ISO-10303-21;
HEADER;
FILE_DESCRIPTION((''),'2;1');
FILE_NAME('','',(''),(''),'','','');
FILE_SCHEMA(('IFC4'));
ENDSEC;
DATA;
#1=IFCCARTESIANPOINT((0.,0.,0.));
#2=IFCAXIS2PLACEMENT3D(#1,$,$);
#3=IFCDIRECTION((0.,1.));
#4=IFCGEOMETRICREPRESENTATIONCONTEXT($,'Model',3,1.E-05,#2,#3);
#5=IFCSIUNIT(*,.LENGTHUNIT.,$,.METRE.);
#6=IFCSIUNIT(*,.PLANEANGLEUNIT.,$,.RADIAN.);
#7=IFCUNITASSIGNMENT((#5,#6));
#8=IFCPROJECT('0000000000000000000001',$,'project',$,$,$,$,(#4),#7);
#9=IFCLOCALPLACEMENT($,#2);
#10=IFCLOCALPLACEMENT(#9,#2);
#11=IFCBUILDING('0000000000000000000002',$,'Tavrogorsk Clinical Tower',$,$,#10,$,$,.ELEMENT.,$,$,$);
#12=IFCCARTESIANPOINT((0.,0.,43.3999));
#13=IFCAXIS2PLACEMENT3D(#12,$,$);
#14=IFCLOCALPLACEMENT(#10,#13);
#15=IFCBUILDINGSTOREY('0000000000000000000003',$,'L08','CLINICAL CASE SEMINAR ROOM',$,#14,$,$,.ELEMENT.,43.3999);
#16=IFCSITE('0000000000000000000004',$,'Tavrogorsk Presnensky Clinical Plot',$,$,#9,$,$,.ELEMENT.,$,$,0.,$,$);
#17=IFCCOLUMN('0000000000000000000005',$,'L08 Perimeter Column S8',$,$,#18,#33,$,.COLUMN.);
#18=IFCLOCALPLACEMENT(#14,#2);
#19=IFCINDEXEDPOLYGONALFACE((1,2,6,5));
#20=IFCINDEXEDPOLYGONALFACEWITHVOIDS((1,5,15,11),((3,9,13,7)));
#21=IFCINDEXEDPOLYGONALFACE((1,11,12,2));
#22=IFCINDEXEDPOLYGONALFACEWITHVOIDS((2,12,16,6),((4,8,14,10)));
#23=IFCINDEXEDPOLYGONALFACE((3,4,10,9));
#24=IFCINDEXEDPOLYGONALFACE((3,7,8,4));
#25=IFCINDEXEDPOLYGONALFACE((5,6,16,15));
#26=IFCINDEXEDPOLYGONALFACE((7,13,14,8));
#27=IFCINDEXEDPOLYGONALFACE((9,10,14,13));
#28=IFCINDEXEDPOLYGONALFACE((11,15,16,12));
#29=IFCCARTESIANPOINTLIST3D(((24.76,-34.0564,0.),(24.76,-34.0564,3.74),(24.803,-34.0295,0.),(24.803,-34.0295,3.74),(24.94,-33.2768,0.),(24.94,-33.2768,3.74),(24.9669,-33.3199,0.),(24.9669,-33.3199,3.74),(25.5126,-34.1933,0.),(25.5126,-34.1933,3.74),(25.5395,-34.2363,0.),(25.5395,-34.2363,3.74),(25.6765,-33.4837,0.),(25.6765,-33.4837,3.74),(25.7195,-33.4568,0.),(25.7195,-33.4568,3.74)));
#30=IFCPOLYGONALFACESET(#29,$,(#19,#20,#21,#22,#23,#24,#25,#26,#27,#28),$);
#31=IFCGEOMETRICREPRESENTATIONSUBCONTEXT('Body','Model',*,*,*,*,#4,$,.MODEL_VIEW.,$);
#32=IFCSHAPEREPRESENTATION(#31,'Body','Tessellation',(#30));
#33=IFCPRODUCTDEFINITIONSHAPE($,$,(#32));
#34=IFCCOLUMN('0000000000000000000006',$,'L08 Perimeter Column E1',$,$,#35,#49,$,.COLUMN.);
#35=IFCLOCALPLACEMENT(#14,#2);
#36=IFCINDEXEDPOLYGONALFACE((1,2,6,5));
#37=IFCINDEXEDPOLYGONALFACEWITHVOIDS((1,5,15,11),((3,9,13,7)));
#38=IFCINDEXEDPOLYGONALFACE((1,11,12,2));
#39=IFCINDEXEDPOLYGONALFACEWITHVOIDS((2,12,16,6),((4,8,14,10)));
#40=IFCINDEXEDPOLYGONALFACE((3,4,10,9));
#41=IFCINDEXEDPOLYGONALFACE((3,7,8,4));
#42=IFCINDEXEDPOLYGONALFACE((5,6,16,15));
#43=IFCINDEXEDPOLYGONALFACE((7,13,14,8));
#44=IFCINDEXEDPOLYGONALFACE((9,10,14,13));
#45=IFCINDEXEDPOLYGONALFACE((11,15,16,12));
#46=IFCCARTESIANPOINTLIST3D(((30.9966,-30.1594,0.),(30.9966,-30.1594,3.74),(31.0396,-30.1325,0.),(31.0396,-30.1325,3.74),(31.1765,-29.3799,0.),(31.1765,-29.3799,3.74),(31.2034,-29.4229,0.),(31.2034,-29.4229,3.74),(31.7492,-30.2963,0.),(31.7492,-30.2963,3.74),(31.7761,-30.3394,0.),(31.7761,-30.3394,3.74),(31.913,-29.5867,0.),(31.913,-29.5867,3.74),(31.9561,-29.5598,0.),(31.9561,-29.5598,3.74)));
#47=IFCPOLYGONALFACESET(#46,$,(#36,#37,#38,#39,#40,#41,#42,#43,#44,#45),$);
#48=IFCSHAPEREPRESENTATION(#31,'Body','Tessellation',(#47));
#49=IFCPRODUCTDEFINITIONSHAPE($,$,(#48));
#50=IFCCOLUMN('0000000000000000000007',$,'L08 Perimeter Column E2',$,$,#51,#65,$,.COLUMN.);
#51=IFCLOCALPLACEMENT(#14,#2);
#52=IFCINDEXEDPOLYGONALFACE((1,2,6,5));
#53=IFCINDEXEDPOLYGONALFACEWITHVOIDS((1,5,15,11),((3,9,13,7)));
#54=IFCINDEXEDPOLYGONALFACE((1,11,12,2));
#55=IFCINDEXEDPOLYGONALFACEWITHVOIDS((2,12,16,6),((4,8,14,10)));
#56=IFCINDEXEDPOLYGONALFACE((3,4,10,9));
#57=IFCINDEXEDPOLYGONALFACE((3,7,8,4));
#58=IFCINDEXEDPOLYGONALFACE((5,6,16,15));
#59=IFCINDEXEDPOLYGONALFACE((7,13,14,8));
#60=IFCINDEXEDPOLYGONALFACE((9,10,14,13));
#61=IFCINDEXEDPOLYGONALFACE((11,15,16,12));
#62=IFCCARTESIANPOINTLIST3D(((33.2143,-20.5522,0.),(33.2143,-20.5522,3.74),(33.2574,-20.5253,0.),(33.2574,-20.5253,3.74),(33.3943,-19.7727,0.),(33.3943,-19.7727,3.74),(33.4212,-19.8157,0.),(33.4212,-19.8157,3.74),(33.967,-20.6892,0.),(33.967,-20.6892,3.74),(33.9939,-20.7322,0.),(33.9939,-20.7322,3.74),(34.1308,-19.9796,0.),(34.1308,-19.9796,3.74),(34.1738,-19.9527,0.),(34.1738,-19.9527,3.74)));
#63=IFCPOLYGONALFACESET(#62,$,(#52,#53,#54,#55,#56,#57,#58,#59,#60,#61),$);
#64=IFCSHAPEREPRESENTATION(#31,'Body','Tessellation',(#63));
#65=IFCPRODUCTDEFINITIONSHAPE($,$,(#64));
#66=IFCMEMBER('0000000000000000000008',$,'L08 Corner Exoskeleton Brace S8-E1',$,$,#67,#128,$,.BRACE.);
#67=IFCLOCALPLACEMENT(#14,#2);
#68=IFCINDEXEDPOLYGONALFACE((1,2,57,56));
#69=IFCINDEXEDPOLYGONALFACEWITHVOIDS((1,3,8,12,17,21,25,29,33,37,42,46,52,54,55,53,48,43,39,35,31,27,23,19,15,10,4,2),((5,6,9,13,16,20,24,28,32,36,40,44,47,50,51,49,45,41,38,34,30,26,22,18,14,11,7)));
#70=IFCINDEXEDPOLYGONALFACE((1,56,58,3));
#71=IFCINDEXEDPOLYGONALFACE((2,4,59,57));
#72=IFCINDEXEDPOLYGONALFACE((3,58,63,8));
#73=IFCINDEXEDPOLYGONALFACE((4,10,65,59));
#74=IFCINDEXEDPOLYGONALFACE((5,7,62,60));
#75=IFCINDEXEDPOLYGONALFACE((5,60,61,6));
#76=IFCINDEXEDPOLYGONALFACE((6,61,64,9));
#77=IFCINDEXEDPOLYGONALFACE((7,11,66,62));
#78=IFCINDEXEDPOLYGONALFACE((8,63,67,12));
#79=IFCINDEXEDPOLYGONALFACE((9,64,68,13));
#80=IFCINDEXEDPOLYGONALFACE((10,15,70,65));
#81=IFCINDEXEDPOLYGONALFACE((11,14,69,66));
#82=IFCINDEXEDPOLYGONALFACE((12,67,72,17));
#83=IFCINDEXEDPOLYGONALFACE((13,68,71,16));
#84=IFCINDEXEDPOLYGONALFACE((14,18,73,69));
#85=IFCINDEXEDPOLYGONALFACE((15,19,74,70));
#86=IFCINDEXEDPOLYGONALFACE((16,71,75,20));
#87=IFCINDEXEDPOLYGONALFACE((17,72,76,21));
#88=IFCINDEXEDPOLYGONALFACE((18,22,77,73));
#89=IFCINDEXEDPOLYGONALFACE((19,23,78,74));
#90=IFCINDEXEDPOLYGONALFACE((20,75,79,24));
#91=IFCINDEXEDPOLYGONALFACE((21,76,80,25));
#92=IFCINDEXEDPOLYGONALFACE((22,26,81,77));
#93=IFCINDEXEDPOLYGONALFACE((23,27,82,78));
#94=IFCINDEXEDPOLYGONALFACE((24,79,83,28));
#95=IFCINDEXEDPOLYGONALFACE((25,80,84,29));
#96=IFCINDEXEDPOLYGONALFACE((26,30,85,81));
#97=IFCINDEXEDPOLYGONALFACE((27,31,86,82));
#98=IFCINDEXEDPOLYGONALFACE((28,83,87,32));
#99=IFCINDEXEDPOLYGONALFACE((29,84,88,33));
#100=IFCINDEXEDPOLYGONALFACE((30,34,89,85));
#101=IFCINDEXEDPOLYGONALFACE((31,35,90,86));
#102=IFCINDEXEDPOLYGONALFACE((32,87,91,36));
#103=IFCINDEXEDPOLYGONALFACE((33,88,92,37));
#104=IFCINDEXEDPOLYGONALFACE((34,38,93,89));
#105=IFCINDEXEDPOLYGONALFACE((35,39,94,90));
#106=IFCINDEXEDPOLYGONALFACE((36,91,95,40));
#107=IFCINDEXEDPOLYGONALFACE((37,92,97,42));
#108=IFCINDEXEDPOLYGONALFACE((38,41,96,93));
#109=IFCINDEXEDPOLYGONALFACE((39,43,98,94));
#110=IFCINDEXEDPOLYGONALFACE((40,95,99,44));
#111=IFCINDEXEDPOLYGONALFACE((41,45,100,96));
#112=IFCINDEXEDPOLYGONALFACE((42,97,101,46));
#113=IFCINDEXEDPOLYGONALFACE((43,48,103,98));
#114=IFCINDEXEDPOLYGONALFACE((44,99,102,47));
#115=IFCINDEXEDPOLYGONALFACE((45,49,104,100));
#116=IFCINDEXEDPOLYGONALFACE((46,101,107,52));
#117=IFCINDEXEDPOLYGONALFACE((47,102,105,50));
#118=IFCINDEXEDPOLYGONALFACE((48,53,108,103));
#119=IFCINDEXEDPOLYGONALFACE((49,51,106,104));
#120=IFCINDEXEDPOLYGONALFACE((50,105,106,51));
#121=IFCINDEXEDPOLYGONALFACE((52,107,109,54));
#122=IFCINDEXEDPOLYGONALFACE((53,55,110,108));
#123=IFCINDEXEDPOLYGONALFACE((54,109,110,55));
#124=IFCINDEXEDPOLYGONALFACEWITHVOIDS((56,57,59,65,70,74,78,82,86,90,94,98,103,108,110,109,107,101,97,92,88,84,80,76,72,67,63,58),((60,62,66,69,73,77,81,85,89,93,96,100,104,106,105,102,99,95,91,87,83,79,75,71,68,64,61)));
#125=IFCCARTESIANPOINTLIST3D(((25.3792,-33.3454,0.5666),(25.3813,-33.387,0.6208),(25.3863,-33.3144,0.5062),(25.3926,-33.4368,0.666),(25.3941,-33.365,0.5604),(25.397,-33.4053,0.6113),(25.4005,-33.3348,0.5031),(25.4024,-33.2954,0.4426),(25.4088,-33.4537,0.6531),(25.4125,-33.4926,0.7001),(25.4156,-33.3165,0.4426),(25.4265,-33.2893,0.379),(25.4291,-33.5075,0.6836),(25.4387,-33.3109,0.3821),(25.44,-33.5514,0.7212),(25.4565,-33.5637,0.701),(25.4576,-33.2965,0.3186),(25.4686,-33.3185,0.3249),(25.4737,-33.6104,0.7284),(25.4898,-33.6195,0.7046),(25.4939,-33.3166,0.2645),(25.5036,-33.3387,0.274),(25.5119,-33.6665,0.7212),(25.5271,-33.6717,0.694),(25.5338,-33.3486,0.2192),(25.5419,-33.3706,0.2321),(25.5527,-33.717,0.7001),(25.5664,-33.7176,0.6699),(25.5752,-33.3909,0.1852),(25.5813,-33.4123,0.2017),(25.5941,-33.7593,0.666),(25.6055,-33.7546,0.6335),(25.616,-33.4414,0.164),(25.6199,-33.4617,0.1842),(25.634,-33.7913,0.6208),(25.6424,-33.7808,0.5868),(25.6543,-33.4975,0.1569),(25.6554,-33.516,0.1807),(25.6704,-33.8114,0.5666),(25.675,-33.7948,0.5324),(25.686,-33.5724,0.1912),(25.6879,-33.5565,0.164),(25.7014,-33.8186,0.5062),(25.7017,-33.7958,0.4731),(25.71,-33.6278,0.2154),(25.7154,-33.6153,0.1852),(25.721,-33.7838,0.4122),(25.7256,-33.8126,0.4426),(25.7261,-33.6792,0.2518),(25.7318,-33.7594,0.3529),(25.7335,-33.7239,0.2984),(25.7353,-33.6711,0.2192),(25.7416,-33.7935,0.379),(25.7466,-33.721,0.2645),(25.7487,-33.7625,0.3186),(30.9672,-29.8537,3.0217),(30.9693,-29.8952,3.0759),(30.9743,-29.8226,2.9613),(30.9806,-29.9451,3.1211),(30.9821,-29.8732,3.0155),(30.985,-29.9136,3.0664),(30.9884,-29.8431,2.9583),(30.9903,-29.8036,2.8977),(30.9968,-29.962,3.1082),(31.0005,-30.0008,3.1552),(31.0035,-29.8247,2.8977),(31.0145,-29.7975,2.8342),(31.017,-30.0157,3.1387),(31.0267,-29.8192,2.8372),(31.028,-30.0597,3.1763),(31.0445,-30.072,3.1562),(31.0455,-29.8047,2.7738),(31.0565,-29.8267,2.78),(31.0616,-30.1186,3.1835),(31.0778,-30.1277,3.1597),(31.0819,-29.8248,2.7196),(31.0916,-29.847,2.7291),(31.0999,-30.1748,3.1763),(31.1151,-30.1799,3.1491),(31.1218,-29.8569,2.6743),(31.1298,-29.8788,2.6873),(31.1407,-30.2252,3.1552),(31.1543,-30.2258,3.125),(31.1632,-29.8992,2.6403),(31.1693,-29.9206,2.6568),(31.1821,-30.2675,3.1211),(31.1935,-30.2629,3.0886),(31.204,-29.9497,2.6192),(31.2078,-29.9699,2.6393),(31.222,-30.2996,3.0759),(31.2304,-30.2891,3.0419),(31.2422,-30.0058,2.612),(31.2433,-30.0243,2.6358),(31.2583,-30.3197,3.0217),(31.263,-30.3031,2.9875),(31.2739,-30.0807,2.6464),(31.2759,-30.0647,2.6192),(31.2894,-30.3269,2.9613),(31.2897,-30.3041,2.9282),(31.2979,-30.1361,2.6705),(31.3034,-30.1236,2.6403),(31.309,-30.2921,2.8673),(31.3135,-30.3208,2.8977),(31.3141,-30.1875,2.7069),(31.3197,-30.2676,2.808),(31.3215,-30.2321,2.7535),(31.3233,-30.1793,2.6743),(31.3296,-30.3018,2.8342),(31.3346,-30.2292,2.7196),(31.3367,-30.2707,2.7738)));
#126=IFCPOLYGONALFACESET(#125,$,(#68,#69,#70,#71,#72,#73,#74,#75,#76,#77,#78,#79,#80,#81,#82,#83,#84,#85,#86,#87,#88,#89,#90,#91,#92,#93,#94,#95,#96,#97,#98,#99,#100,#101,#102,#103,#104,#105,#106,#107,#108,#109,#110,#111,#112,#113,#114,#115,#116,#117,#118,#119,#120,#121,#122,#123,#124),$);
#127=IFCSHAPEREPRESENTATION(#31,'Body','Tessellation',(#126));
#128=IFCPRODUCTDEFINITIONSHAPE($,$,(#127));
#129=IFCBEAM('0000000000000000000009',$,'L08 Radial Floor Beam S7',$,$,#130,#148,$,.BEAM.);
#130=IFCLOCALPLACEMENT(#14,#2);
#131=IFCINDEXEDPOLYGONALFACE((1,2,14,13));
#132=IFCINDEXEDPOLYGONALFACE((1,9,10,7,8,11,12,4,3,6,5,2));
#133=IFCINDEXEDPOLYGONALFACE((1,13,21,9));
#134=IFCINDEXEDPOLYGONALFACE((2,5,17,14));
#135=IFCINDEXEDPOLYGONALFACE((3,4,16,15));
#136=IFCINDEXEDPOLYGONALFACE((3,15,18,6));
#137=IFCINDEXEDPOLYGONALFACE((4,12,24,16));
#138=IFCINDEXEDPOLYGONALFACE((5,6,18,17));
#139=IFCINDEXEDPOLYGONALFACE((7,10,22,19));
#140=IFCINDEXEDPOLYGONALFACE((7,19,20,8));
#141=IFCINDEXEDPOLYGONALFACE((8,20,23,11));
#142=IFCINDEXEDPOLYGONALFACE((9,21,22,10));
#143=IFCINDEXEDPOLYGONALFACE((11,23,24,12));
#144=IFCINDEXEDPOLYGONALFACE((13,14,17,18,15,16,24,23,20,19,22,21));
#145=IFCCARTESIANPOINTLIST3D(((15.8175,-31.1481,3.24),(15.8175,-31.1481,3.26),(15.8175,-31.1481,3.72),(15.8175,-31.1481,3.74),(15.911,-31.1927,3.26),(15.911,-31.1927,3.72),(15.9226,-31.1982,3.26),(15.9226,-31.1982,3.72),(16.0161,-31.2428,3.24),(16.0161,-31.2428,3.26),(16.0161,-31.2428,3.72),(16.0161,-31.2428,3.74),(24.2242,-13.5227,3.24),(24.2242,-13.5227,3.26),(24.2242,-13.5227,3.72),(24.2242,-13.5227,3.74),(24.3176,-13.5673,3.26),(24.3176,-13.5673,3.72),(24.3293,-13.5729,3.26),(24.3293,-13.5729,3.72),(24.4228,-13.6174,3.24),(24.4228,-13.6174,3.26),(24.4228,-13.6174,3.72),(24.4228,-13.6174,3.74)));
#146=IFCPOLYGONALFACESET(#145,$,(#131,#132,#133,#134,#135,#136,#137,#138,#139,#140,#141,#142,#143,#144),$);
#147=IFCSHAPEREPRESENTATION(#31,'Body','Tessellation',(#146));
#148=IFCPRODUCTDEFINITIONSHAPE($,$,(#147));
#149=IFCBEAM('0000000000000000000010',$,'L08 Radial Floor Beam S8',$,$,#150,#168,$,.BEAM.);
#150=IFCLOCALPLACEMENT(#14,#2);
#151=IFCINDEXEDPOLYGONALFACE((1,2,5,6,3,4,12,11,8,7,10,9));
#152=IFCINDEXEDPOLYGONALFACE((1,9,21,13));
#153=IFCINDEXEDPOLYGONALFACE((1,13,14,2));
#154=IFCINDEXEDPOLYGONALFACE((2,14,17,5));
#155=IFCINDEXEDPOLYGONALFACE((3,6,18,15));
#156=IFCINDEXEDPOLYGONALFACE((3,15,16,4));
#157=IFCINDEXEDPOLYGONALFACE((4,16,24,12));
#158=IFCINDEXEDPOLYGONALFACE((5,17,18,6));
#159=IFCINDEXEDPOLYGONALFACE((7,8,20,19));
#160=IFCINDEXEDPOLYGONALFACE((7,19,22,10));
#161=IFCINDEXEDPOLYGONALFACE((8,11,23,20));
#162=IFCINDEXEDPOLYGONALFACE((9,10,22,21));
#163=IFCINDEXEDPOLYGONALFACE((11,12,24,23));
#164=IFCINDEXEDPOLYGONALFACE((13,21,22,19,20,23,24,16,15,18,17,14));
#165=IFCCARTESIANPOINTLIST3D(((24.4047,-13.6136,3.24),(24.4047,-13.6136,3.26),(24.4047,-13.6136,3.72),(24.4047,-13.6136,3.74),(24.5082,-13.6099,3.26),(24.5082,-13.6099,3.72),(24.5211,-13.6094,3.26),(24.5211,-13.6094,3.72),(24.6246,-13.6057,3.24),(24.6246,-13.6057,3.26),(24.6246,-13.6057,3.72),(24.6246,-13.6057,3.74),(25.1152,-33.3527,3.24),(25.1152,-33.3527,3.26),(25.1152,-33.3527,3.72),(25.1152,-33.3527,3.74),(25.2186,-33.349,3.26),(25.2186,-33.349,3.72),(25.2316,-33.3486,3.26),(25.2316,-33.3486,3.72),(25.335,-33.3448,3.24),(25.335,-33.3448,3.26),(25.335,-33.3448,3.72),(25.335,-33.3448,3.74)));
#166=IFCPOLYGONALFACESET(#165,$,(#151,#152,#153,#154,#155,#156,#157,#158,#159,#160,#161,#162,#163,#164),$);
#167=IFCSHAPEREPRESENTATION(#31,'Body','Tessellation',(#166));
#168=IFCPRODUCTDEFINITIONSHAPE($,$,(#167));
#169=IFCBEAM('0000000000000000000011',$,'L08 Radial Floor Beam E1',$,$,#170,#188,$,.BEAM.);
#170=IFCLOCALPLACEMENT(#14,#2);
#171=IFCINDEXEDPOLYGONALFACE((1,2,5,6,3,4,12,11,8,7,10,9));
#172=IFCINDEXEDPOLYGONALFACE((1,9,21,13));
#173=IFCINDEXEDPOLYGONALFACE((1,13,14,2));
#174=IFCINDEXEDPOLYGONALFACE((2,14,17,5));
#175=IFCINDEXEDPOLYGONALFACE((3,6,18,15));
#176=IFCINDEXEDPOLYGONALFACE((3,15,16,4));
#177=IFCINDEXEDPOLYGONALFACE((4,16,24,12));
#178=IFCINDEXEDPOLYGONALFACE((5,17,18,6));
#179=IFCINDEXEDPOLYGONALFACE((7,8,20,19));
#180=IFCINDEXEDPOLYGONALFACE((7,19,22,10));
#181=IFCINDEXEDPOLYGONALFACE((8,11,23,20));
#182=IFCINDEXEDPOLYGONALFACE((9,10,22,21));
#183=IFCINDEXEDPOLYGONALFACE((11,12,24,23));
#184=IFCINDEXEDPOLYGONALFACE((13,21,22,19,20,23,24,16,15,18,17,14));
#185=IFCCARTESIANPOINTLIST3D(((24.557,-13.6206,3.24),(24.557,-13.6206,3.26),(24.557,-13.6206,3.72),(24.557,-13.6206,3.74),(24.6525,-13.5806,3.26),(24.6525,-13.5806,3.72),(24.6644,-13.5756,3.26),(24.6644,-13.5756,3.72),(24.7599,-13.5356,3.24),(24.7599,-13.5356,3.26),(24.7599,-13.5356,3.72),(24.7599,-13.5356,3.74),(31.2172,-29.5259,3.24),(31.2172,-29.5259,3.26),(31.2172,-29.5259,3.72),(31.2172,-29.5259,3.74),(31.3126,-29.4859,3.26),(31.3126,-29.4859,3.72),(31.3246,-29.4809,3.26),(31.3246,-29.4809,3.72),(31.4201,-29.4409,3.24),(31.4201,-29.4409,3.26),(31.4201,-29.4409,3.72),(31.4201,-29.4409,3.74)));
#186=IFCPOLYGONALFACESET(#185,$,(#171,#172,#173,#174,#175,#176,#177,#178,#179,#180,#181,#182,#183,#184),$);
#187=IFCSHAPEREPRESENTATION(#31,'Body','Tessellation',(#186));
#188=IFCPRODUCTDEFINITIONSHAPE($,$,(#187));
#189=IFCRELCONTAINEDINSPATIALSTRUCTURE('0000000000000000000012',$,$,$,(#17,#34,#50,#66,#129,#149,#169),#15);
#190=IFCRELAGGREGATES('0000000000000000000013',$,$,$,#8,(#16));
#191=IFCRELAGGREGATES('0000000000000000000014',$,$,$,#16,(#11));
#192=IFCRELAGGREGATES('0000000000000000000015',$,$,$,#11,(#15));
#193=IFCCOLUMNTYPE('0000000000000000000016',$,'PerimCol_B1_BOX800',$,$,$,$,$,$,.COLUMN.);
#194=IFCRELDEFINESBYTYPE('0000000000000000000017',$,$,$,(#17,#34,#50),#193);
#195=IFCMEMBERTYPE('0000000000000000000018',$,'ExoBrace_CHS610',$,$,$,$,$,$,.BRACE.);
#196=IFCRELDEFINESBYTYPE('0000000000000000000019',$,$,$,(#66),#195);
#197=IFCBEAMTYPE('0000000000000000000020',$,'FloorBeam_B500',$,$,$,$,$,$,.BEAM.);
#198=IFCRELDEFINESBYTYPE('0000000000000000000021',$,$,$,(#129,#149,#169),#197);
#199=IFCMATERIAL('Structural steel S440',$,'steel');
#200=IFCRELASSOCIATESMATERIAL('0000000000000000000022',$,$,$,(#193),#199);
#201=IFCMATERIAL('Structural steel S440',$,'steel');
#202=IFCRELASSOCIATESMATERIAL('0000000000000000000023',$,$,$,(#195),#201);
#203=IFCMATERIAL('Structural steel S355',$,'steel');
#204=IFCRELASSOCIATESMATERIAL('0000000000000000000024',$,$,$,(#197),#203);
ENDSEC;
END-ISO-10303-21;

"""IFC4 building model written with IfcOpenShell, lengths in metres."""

from ifc_helpers import new_model, si_unit, direction, frame, origin, origin_2d, place, context, subcontext, project, spatial, hollow_rectangle, hollow_circle, i_section, extrude, material, material_profile, profile_set, type_object, element, save


model = new_model("IFC4")

# Units and contexts
model_context = context("Model", 3, precision=1e-05, world=origin(), true_north=direction((0.0, 1.0)))
body_context = subcontext(model_context, "Body", "Model", "MODEL_VIEW")
ifc_project = project(units=[si_unit("LENGTHUNIT", "METRE"), si_unit("PLANEANGLEUNIT", "RADIAN")], contexts=[model_context])

# Site, building, storey
site_placement = place(None, origin())
site = spatial("IfcSite", under=ifc_project, at=site_placement, Name="Tavrogorsk Presnensky Clinical Plot", CompositionType="ELEMENT", RefElevation=0.0)
building_placement = place(site_placement, origin())
building = spatial("IfcBuilding", under=site, at=building_placement, Name="Tavrogorsk Clinical Tower", CompositionType="ELEMENT")
storey_placement = place(building_placement, frame((0.0, 0.0, 43.3999)))
storey = spatial("IfcBuildingStorey", under=building, at=storey_placement, Name="L08", Description="CLINICAL CASE SEMINAR ROOM", CompositionType="ELEMENT", Elevation=43.3999)

# Columns
ifc_material_1 = material(Name="Structural steel S440", Category="steel")
ifc_material_profile_1 = material_profile(ifc_material_1, hollow_rectangle(XDim=0.8, YDim=0.8, WallThickness=0.0359, at=origin_2d()), Name="BOX-800x800x36")
ifc_profile_set_1 = profile_set([ifc_material_profile_1], Name="Structural steel S440")
column_type = type_object("IfcColumnType", Name="PerimCol_B1_BOX800", PredefinedType="COLUMN", material=ifc_profile_set_1)
for number, where, z_axis, x_axis, name in (
    (1, (25.2397, -33.7566, 0.0), (0.0, 0.0, 1.0), (0.97437, -0.224951, 0.0), "L08 Perimeter Column S8"),
    (2, (31.4763, -29.8596, 0.0), (0.0, 0.0, 1.0), (0.97437, -0.224951, 0.0), "L08 Perimeter Column E1"),
    (3, (33.6941, -20.2524, 0.0), (0.0, 0.0, 1.0), (0.97437, -0.224951, 0.0), "L08 Perimeter Column E2"),
):
    element("IfcColumn", number, at=place(storey_placement, frame(where, z_axis=z_axis, x_axis=x_axis)), inside=storey, type_object=column_type, Name=name, PredefinedType="COLUMN", context=body_context, shape_type="SweptSolid", body=[
        extrude(hollow_rectangle(XDim=0.8, YDim=0.8, WallThickness=0.0359, at=origin_2d()), origin(), (0.0, 0.0, 1.0), 3.74),
    ])

# Member
ifc_material_2 = material(Name="Structural steel S440", Category="steel")
ifc_material_profile_2 = material_profile(ifc_material_2, hollow_circle(Radius=0.3049, WallThickness=0.0249, at=origin_2d()), Name="CHS-610x25")
ifc_profile_set_2 = profile_set([ifc_material_profile_2], Name="Structural steel S440")
member_type_1 = type_object("IfcMemberType", Name="ExoBrace_CHS610", PredefinedType="BRACE", material=ifc_profile_set_2)
member_1_placement = place(storey_placement, frame((25.564, -33.554, 0.4426), z_axis=(0.794679, 0.49657, 0.349148), x_axis=(-0.529919, 0.848048, 0.0)))
element("IfcMember", 4, at=member_1_placement, inside=storey, type_object=member_type_1, Name="L08 Corner Exoskeleton Brace S8-E1", PredefinedType="BRACE", context=body_context, shape_type="SweptSolid", body=[
    extrude(hollow_circle(Radius=0.3049, WallThickness=0.0249, at=origin_2d()), origin(), (0.0, 0.0, 1.0), 7.0317),
])

# Beams
ifc_material_3 = material(Name="Structural steel S355", Category="steel")
ifc_material_profile_3 = material_profile(ifc_material_3, i_section(OverallWidth=0.22, OverallDepth=0.5, WebThickness=0.0129, FlangeThickness=0.02, at=origin_2d()), Name="B-500x220x13x20")
ifc_profile_set_3 = profile_set([ifc_material_profile_3], Name="Structural steel S355")
beam_type_1 = type_object("IfcBeamType", Name="FloorBeam_B500", PredefinedType="BEAM", material=ifc_profile_set_3)
beam_1_placement = place(storey_placement, frame((24.3235, -13.5701, 3.49), z_axis=(-0.430503, -0.902589, 0.0), x_axis=(0.902589, -0.430503, 0.0)))
element("IfcBeam", 5, at=beam_1_placement, inside=storey, type_object=beam_type_1, Name="L08 Radial Floor Beam S7", PredefinedType="BEAM", context=body_context, shape_type="SweptSolid", body=[
    extrude(i_section(OverallWidth=0.22, OverallDepth=0.5, WebThickness=0.0129, FlangeThickness=0.02, at=origin_2d()), origin(), (0.0, 0.0, 1.0), 19.5276),
])
beam_2_placement = place(storey_placement, frame((24.5146, -13.6096, 3.49), z_axis=(0.035968, -0.999353, 0.0), x_axis=(0.999353, 0.035968, 0.0)))
element("IfcBeam", 6, at=beam_2_placement, inside=storey, type_object=beam_type_1, Name="L08 Radial Floor Beam S8", PredefinedType="BEAM", context=body_context, shape_type="SweptSolid", body=[
    extrude(i_section(OverallWidth=0.22, OverallDepth=0.5, WebThickness=0.0129, FlangeThickness=0.02, at=origin_2d()), origin(), (0.0, 0.0, 1.0), 19.752),
])
beam_3_placement = place(storey_placement, frame((24.6584, -13.5781, 3.49), z_axis=(0.386243, -0.922397, 0.0), x_axis=(0.922397, 0.386243, 0.0)))
element("IfcBeam", 7, at=beam_3_placement, inside=storey, type_object=beam_type_1, Name="L08 Radial Floor Beam E1", PredefinedType="BEAM", context=body_context, shape_type="SweptSolid", body=[
    extrude(i_section(OverallWidth=0.22, OverallDepth=0.5, WebThickness=0.0129, FlangeThickness=0.02, at=origin_2d()), origin(), (0.0, 0.0, 1.0), 17.2434),
])

save(model, "model.ifc")
